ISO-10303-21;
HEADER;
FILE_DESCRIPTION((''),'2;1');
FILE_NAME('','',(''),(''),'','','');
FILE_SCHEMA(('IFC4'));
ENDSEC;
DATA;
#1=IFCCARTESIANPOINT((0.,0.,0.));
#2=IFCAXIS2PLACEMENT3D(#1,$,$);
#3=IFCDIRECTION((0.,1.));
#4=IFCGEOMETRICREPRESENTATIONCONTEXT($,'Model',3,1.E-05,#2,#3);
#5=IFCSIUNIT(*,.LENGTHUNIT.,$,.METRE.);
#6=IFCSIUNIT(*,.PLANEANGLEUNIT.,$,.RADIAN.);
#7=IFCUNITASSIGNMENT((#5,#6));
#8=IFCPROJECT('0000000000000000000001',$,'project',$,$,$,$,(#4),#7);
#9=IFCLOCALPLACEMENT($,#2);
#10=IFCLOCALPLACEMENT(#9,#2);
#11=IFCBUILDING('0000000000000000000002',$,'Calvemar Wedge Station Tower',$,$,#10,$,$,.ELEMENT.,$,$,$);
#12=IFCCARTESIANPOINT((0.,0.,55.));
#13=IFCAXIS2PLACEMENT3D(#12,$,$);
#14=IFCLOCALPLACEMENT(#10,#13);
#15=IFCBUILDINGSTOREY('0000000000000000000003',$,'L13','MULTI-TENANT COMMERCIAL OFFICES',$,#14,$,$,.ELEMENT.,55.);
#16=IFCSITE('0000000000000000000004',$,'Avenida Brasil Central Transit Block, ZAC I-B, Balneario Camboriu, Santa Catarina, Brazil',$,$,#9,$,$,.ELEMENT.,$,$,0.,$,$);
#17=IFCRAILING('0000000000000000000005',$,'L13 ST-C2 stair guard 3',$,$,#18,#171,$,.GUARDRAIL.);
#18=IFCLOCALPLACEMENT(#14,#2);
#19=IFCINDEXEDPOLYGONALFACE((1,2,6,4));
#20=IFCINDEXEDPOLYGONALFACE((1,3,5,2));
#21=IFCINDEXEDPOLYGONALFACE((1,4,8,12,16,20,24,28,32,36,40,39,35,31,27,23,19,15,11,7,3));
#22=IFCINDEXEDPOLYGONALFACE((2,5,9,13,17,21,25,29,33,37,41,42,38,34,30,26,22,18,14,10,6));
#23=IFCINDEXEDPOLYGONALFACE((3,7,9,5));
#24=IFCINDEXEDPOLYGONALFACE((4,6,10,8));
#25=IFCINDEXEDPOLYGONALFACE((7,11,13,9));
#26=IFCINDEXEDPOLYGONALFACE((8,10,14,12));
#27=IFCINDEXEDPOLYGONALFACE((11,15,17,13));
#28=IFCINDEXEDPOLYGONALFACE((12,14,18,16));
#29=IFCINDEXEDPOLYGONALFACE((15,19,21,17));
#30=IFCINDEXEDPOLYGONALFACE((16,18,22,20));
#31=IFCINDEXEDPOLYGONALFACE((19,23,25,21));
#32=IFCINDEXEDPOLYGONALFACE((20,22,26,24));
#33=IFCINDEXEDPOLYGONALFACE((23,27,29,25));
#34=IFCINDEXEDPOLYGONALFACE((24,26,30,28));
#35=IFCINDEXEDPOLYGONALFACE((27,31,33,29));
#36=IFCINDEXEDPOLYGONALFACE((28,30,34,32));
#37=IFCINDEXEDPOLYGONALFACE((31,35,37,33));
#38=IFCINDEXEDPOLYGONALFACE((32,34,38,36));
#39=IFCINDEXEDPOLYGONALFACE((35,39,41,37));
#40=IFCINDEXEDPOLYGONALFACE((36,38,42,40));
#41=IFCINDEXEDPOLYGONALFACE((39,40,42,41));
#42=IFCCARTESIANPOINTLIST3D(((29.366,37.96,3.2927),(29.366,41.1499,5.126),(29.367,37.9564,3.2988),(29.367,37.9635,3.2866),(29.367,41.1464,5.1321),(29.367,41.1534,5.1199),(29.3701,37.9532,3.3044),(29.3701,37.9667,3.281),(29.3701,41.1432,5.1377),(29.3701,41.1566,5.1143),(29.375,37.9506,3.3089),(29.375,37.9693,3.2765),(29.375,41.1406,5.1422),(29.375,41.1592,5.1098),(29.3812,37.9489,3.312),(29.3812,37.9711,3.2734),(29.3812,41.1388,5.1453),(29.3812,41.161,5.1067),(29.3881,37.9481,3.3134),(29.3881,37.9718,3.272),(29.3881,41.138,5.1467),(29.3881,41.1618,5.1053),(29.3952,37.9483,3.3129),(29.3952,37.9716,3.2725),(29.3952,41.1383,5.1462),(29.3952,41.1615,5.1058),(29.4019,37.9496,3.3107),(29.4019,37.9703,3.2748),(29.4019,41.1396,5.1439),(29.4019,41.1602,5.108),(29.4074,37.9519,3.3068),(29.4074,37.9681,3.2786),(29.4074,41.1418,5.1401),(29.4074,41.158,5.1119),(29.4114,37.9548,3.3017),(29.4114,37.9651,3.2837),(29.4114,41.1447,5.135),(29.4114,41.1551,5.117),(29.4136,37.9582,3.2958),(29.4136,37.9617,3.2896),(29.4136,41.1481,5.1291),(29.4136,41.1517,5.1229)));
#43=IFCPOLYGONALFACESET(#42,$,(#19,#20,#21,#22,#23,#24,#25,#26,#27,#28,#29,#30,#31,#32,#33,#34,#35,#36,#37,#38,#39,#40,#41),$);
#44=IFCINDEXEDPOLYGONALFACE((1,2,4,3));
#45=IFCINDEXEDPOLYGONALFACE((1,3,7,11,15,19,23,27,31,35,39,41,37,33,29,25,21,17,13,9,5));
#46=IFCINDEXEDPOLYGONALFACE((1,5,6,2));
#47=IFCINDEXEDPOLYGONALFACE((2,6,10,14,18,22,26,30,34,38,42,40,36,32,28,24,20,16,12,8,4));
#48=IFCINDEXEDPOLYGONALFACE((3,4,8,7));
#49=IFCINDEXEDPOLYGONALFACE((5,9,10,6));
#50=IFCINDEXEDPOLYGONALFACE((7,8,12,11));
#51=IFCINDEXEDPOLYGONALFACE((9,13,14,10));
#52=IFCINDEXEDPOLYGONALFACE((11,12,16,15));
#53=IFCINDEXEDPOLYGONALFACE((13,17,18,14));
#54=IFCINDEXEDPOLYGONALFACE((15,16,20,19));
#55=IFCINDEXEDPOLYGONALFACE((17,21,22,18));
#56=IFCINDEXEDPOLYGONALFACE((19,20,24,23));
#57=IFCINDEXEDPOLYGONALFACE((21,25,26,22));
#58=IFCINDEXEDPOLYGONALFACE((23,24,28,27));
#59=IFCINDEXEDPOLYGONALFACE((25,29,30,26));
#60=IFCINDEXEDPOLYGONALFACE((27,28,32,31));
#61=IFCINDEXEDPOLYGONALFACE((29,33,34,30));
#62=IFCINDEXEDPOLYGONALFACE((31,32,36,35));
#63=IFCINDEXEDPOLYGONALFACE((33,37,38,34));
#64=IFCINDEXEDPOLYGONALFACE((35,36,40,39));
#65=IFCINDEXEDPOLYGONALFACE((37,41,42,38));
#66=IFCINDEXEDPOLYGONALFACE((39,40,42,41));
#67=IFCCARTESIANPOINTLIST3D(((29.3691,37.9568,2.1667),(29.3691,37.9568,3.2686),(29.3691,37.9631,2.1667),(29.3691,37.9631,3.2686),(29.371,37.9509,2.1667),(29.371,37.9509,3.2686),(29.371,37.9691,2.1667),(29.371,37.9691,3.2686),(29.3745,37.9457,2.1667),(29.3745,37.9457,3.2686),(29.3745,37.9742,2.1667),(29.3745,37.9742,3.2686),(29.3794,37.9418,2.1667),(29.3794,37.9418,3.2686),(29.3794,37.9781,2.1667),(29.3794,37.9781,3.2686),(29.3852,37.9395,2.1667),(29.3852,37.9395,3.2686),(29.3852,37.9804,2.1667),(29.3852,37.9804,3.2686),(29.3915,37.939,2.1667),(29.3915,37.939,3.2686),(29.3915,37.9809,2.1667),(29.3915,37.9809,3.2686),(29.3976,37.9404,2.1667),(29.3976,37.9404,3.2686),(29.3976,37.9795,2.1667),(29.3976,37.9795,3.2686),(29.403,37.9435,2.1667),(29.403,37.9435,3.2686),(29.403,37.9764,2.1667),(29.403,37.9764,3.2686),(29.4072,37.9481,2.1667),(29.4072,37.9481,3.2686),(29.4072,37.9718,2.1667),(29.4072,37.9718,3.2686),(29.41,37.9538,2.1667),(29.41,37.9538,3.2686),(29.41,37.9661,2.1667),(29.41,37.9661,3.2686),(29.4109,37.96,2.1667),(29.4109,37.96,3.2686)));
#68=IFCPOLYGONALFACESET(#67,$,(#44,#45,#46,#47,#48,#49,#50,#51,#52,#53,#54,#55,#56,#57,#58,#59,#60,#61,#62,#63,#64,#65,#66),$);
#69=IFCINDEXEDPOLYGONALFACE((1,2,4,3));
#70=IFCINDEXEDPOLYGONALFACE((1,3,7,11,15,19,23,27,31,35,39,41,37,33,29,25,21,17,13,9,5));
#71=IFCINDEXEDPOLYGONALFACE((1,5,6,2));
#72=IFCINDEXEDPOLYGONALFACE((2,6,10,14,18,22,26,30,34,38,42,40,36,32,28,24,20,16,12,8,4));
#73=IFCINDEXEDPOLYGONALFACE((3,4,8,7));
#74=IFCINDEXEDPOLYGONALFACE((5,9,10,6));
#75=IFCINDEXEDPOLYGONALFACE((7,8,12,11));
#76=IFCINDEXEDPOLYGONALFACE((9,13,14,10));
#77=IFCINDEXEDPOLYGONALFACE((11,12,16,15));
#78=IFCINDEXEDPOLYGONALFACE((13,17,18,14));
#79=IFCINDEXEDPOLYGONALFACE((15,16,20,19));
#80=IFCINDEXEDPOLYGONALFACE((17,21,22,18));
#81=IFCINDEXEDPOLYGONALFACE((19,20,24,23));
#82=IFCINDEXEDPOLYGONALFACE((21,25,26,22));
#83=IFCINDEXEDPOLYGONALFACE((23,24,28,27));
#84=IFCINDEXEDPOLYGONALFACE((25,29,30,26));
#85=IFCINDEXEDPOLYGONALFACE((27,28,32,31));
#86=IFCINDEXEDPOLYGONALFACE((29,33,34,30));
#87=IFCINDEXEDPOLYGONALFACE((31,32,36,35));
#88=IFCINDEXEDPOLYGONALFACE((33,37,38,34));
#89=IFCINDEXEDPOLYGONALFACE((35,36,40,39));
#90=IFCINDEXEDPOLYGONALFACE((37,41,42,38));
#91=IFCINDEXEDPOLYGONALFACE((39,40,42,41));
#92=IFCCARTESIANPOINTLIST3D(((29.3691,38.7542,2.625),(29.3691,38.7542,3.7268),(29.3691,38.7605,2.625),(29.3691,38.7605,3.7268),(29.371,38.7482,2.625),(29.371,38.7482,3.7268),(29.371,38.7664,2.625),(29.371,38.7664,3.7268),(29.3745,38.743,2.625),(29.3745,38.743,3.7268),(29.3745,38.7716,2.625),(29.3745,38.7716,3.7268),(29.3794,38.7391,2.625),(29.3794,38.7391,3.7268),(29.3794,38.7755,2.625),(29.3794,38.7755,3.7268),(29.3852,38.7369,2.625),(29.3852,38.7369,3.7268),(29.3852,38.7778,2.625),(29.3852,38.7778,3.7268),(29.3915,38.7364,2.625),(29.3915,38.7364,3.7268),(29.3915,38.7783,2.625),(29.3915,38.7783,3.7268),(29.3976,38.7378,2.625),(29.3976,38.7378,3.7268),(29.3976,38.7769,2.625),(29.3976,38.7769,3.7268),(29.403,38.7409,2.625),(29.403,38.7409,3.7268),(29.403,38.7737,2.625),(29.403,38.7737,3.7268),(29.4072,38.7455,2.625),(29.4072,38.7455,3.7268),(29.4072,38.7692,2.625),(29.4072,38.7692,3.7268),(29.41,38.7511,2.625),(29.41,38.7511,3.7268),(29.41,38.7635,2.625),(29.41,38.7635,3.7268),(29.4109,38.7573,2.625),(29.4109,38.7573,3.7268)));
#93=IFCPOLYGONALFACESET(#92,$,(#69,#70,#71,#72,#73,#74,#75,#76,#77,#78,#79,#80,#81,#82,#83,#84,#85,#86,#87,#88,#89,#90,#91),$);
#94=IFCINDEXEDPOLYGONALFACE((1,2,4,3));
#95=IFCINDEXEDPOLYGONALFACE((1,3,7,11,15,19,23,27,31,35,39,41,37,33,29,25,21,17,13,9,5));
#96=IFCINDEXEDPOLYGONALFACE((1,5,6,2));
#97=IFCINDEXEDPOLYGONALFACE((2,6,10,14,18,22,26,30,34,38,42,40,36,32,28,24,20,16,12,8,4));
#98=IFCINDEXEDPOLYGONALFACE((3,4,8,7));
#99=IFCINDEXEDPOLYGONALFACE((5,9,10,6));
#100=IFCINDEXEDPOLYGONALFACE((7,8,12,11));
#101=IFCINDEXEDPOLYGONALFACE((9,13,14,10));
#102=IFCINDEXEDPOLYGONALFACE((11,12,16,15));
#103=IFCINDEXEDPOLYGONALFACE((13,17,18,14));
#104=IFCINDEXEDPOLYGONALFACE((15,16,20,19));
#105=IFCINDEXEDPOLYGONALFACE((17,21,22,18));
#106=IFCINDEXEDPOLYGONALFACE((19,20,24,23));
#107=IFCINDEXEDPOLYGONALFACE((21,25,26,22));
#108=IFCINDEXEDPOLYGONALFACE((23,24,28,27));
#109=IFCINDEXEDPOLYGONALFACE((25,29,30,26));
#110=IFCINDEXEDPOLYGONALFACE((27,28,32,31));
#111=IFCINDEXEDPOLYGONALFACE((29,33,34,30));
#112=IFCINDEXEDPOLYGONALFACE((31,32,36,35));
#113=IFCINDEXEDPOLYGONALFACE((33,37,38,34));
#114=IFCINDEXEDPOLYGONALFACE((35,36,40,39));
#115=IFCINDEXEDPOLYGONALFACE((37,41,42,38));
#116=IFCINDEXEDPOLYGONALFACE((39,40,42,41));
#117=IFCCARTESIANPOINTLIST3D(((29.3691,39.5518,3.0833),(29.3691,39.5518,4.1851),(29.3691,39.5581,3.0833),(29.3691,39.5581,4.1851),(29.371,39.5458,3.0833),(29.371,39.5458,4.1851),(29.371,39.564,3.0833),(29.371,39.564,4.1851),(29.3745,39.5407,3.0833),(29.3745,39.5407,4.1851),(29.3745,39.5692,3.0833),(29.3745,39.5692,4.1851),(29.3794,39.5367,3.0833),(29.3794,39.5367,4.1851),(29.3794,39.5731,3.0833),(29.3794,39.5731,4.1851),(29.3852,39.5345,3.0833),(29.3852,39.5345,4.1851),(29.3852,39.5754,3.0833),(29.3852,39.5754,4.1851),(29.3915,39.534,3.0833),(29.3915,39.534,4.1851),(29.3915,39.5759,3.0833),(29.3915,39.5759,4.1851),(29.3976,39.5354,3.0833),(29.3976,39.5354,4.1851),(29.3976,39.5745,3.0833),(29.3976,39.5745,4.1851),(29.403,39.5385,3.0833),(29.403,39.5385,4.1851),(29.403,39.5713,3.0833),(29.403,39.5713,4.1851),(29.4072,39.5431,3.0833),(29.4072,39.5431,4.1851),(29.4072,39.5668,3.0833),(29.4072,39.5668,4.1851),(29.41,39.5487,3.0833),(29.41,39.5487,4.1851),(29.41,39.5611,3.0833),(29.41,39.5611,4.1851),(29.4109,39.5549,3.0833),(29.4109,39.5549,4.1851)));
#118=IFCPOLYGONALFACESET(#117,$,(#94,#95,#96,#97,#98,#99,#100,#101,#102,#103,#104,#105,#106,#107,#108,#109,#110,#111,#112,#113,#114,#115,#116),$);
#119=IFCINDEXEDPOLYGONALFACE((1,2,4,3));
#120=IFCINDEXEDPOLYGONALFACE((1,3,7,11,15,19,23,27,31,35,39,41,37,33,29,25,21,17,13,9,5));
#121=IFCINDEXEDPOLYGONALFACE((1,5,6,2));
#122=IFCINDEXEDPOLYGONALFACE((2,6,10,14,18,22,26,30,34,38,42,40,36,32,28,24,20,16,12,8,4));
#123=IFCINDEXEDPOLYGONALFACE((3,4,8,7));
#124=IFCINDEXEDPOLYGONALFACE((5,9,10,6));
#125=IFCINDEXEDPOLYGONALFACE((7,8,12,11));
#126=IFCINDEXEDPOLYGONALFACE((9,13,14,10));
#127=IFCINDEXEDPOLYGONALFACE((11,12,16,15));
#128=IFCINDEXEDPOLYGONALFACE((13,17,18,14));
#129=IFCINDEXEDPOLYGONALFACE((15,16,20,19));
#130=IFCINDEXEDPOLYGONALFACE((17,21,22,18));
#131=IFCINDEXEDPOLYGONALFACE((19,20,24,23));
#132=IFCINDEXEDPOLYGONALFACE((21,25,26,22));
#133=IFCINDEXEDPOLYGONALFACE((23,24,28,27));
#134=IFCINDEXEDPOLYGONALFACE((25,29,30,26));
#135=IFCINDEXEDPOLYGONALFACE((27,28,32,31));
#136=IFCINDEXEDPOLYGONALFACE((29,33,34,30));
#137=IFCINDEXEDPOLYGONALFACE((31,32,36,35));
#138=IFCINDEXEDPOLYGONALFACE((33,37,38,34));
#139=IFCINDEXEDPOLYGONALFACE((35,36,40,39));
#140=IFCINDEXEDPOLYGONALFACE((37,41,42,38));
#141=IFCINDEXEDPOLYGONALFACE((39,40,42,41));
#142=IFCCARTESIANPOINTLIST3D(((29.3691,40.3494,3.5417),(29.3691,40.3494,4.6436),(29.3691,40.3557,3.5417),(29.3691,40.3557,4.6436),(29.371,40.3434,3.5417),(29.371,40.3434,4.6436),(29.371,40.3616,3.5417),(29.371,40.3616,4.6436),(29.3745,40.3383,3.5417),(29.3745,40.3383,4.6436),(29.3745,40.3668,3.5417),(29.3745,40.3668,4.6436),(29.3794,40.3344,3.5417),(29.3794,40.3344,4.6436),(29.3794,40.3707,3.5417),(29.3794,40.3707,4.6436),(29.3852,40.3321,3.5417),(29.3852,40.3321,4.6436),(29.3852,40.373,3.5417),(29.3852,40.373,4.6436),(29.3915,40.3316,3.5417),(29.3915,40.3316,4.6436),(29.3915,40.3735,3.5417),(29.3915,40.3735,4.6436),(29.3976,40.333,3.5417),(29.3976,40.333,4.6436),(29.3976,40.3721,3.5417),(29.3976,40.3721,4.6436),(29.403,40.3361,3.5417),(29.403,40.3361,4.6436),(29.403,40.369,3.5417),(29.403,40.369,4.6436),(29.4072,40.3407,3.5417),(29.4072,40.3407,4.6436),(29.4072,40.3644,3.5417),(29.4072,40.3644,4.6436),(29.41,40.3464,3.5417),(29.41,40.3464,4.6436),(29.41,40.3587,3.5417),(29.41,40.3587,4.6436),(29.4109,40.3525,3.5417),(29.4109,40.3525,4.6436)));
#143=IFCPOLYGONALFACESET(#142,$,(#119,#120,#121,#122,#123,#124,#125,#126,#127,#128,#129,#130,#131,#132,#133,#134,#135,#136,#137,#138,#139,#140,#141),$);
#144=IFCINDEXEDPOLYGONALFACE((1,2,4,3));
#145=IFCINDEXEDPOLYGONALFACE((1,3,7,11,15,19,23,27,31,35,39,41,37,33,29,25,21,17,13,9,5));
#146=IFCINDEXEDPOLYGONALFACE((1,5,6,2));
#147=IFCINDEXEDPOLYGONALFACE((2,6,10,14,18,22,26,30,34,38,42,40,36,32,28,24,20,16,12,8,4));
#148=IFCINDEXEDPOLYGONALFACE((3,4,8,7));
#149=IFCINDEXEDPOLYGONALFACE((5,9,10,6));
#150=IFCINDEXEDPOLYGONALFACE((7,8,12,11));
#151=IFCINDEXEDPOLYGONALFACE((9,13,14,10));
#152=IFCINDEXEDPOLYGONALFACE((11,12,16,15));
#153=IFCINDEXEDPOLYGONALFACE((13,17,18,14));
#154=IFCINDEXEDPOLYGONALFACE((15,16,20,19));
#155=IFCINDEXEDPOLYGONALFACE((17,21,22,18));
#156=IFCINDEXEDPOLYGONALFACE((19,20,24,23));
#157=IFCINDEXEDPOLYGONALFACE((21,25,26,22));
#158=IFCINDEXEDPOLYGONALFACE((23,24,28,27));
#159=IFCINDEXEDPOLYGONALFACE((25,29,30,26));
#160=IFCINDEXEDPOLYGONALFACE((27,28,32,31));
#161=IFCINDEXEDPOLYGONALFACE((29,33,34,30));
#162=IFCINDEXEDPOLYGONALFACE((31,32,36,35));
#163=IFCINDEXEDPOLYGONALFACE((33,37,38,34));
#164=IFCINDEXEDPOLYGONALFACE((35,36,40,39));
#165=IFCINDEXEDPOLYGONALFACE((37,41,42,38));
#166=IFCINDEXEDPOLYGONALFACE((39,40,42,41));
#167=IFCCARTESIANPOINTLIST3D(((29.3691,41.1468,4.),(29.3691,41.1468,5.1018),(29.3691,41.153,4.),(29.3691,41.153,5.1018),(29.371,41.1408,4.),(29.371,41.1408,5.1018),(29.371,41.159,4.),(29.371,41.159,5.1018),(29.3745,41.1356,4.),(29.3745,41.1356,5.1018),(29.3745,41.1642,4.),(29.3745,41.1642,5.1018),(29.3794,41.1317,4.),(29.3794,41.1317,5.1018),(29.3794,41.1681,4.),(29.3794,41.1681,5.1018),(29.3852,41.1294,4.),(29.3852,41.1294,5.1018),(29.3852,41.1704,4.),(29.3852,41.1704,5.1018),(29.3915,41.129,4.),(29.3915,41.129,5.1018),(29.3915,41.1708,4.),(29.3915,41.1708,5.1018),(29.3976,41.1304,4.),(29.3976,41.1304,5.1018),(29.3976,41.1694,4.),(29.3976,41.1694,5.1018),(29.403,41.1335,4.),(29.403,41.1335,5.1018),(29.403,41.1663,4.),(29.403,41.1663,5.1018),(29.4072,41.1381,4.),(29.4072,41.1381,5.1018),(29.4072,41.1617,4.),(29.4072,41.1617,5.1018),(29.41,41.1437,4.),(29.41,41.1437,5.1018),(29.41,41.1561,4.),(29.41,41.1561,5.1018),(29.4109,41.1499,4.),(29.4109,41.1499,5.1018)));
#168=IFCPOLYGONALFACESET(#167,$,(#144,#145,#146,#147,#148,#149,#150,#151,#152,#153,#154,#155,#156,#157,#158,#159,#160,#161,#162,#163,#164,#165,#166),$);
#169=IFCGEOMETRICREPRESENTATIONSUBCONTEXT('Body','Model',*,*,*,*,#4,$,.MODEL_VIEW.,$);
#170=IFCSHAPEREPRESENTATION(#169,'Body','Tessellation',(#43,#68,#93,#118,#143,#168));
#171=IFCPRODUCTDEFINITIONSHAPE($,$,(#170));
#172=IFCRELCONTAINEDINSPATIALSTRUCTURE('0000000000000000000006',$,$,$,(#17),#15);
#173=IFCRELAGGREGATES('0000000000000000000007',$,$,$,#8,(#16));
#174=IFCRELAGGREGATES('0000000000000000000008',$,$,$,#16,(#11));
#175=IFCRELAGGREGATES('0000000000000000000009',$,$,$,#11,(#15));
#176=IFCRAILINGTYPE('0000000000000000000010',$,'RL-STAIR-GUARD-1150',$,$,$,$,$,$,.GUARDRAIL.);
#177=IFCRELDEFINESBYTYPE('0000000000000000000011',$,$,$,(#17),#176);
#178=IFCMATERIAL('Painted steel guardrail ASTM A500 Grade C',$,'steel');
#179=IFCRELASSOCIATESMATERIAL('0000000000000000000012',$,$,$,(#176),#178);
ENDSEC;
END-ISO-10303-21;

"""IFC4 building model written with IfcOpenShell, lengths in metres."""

from ifc_helpers import new_model, si_unit, direction, frame, origin, origin_2d, place, context, subcontext, project, spatial, circle, extrude, material, type_object, element, save


model = new_model("IFC4")

# Units and contexts
model_context = context("Model", 3, precision=1e-05, world=origin(), true_north=direction((0.0, 1.0)))
body_context = subcontext(model_context, "Body", "Model", "MODEL_VIEW")
ifc_project = project(units=[si_unit("LENGTHUNIT", "METRE"), si_unit("PLANEANGLEUNIT", "RADIAN")], contexts=[model_context])

# Site, building, storey
site_placement = place(None, origin())
site = spatial("IfcSite", under=ifc_project, at=site_placement, Name="Avenida Brasil Central Transit Block, ZAC I-B, Balneario Camboriu, Santa Catarina, Brazil", CompositionType="ELEMENT", RefElevation=0.0)
building_placement = place(site_placement, origin())
building = spatial("IfcBuilding", under=site, at=building_placement, Name="Calvemar Wedge Station Tower", CompositionType="ELEMENT")
storey_placement = place(building_placement, frame((0.0, 0.0, 55.0)))
storey = spatial("IfcBuildingStorey", under=building, at=storey_placement, Name="L13", Description="MULTI-TENANT COMMERCIAL OFFICES", CompositionType="ELEMENT", Elevation=55.0)

# Railing
ifc_material_1 = material(Name="Painted steel guardrail ASTM A500 Grade C", Category="steel")
railing_type_1 = type_object("IfcRailingType", Name="RL-STAIR-GUARD-1150", PredefinedType="GUARDRAIL", material=ifc_material_1)
railing_1_placement = place(storey_placement, frame((29.3899, 37.96, 2.1667)))
element("IfcRailing", 1, at=railing_1_placement, inside=storey, type_object=railing_type_1, Name="L13 ST-C2 stair guard 3", PredefinedType="GUARDRAIL", context=body_context, shape_type="SweptSolid", body=[
    extrude(circle(Radius=0.0239, at=origin_2d()), frame((0.0, 0.0, 1.126), z_axis=(0.0, 0.86702, 0.498274), x_axis=(-1.0, 0.0, 0.0)), (0.0, 0.0, 1.0), 3.6792),
    extrude(circle(Radius=0.021, at=origin_2d()), origin(), (0.0, 0.0, 1.0), 1.1018),
    extrude(circle(Radius=0.021, at=origin_2d()), frame((0.0, 0.7974, 0.4583)), (0.0, 0.0, 1.0), 1.1018),
    extrude(circle(Radius=0.021, at=origin_2d()), frame((0.0, 1.595, 0.9165)), (0.0, 0.0, 1.0), 1.1018),
    extrude(circle(Radius=0.021, at=origin_2d()), frame((0.0, 2.3926, 1.375)), (0.0, 0.0, 1.0), 1.1018),
    extrude(circle(Radius=0.021, at=origin_2d()), frame((0.0, 3.1899, 1.8333)), (0.0, 0.0, 1.0), 1.1018),
])

save(model, "model.ifc")
